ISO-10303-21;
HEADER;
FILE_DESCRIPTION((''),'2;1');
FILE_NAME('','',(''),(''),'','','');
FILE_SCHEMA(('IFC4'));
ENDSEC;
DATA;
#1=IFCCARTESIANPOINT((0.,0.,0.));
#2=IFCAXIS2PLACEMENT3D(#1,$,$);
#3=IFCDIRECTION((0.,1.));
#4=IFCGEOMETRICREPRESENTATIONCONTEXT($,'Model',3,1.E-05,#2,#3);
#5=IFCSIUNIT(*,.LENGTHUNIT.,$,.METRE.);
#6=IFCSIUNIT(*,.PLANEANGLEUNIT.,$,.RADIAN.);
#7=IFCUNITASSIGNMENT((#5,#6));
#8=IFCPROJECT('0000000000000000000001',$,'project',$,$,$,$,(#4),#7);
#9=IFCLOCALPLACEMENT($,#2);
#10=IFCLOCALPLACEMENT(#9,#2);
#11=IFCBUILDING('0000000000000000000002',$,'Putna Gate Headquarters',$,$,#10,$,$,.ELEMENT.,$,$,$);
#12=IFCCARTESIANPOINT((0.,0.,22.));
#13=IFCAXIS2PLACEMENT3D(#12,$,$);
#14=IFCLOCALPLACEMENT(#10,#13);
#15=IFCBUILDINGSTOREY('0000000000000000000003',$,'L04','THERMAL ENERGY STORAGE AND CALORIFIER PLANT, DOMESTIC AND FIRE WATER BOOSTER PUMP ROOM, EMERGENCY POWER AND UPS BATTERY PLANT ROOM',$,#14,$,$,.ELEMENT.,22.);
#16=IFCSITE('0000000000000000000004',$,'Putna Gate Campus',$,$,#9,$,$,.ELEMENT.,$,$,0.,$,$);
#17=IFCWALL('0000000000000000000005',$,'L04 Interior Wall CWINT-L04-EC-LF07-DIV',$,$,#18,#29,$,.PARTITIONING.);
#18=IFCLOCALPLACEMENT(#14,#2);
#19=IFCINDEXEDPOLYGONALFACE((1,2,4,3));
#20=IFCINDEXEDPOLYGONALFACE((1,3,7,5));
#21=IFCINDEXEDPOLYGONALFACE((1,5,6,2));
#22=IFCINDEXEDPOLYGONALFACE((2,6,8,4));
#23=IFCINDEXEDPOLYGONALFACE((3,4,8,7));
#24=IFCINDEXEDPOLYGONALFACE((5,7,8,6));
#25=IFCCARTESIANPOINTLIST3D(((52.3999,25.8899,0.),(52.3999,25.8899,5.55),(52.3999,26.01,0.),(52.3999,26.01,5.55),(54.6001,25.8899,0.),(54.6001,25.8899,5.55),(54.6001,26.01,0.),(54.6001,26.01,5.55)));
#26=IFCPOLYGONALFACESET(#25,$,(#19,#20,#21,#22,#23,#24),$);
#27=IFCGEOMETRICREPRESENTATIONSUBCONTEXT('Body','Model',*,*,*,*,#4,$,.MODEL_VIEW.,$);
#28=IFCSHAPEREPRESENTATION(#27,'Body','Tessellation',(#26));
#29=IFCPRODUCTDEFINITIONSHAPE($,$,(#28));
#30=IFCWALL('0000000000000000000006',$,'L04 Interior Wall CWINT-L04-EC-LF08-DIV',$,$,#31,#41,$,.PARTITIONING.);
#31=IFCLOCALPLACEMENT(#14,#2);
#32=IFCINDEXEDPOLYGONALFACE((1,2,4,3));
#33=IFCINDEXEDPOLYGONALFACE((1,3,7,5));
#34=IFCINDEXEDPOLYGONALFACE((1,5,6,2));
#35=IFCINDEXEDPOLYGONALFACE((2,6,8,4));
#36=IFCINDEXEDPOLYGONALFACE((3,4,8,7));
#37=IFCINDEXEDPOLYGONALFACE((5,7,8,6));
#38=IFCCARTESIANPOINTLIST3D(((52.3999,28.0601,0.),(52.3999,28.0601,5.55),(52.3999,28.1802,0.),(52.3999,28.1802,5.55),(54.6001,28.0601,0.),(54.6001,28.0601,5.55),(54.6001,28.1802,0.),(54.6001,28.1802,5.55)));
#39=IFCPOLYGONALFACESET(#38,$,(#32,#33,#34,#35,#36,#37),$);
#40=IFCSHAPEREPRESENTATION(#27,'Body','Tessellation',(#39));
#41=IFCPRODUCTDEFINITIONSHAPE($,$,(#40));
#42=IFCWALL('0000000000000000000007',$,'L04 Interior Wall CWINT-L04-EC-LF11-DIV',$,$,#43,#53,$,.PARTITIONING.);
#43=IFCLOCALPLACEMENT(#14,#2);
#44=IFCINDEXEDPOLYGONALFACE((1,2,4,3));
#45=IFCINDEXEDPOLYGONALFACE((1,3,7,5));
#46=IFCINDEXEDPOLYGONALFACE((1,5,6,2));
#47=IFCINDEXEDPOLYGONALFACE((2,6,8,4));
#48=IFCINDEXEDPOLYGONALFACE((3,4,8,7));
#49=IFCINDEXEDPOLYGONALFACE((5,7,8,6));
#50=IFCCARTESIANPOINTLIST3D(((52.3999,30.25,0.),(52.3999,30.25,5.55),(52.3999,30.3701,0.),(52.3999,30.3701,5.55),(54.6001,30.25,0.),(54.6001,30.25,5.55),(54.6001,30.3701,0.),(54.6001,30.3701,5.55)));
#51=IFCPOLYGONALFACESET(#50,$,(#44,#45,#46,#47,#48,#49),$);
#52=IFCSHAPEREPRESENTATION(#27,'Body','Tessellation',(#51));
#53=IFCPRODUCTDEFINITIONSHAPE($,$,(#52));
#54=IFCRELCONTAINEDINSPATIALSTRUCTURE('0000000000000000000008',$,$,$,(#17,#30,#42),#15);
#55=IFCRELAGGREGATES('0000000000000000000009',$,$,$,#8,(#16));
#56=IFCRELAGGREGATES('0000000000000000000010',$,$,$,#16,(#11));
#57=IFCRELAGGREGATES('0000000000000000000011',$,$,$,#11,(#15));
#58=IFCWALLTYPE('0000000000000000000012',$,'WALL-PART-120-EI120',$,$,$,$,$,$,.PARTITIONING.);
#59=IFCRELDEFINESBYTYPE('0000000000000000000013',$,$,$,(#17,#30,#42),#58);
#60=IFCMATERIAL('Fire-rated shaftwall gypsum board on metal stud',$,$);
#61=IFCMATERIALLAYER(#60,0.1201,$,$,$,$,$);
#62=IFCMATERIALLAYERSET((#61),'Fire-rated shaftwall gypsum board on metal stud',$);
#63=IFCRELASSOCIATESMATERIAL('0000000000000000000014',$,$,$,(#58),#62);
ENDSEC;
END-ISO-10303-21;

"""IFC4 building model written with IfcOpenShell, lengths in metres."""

from ifc_helpers import new_model, si_unit, direction, frame, frame_2d, origin, place, context, subcontext, project, spatial, rectangle, extrude, material, layer, layer_set, type_object, element, save


model = new_model("IFC4")

# Units and contexts
model_context = context("Model", 3, precision=1e-05, world=origin(), true_north=direction((0.0, 1.0)))
body_context = subcontext(model_context, "Body", "Model", "MODEL_VIEW")
ifc_project = project(units=[si_unit("LENGTHUNIT", "METRE"), si_unit("PLANEANGLEUNIT", "RADIAN")], contexts=[model_context])

# Site, building, storey
site_placement = place(None, origin())
site = spatial("IfcSite", under=ifc_project, at=site_placement, Name="Putna Gate Campus", CompositionType="ELEMENT", RefElevation=0.0)
building_placement = place(site_placement, origin())
building = spatial("IfcBuilding", under=site, at=building_placement, Name="Putna Gate Headquarters", CompositionType="ELEMENT")
storey_placement = place(building_placement, frame((0.0, 0.0, 22.0)))
storey = spatial("IfcBuildingStorey", under=building, at=storey_placement, Name="L04", Description="THERMAL ENERGY STORAGE AND CALORIFIER PLANT, DOMESTIC AND FIRE WATER BOOSTER PUMP ROOM, EMERGENCY POWER AND UPS BATTERY PLANT ROOM", CompositionType="ELEMENT", Elevation=22.0)

# Walls
ifc_material_1 = material(Name="Fire-rated shaftwall gypsum board on metal stud")
ifc_layer_1 = layer(ifc_material_1, 0.1201)
ifc_layer_set_1 = layer_set([ifc_layer_1], Name="Fire-rated shaftwall gypsum board on metal stud")
wall_type_1 = type_object("IfcWallType", Name="WALL-PART-120-EI120", PredefinedType="PARTITIONING", material=ifc_layer_set_1)
for number, where, z_axis, x_axis, name in (
    (1, (52.3999, 25.95, 0.0), (0.0, 0.0, 1.0), (1.0, 0.0, 0.0), "L04 Interior Wall CWINT-L04-EC-LF07-DIV"),
    (2, (52.3999, 28.1201, 0.0), (0.0, 0.0, 1.0), (1.0, 0.0, 0.0), "L04 Interior Wall CWINT-L04-EC-LF08-DIV"),
    (3, (52.3999, 30.3101, 0.0), (0.0, 0.0, 1.0), (1.0, 0.0, 0.0), "L04 Interior Wall CWINT-L04-EC-LF11-DIV"),
):
    element("IfcWall", number, at=place(storey_placement, frame(where, z_axis=z_axis, x_axis=x_axis)), inside=storey, type_object=wall_type_1, Name=name, PredefinedType="PARTITIONING", context=body_context, shape_type="SweptSolid", body=[
        extrude(rectangle(XDim=2.2002, YDim=0.1201, at=frame_2d((1.1001, 0.0))), origin(), (0.0, 0.0, 1.0), 5.55),
    ])

save(model, "model.ifc")
